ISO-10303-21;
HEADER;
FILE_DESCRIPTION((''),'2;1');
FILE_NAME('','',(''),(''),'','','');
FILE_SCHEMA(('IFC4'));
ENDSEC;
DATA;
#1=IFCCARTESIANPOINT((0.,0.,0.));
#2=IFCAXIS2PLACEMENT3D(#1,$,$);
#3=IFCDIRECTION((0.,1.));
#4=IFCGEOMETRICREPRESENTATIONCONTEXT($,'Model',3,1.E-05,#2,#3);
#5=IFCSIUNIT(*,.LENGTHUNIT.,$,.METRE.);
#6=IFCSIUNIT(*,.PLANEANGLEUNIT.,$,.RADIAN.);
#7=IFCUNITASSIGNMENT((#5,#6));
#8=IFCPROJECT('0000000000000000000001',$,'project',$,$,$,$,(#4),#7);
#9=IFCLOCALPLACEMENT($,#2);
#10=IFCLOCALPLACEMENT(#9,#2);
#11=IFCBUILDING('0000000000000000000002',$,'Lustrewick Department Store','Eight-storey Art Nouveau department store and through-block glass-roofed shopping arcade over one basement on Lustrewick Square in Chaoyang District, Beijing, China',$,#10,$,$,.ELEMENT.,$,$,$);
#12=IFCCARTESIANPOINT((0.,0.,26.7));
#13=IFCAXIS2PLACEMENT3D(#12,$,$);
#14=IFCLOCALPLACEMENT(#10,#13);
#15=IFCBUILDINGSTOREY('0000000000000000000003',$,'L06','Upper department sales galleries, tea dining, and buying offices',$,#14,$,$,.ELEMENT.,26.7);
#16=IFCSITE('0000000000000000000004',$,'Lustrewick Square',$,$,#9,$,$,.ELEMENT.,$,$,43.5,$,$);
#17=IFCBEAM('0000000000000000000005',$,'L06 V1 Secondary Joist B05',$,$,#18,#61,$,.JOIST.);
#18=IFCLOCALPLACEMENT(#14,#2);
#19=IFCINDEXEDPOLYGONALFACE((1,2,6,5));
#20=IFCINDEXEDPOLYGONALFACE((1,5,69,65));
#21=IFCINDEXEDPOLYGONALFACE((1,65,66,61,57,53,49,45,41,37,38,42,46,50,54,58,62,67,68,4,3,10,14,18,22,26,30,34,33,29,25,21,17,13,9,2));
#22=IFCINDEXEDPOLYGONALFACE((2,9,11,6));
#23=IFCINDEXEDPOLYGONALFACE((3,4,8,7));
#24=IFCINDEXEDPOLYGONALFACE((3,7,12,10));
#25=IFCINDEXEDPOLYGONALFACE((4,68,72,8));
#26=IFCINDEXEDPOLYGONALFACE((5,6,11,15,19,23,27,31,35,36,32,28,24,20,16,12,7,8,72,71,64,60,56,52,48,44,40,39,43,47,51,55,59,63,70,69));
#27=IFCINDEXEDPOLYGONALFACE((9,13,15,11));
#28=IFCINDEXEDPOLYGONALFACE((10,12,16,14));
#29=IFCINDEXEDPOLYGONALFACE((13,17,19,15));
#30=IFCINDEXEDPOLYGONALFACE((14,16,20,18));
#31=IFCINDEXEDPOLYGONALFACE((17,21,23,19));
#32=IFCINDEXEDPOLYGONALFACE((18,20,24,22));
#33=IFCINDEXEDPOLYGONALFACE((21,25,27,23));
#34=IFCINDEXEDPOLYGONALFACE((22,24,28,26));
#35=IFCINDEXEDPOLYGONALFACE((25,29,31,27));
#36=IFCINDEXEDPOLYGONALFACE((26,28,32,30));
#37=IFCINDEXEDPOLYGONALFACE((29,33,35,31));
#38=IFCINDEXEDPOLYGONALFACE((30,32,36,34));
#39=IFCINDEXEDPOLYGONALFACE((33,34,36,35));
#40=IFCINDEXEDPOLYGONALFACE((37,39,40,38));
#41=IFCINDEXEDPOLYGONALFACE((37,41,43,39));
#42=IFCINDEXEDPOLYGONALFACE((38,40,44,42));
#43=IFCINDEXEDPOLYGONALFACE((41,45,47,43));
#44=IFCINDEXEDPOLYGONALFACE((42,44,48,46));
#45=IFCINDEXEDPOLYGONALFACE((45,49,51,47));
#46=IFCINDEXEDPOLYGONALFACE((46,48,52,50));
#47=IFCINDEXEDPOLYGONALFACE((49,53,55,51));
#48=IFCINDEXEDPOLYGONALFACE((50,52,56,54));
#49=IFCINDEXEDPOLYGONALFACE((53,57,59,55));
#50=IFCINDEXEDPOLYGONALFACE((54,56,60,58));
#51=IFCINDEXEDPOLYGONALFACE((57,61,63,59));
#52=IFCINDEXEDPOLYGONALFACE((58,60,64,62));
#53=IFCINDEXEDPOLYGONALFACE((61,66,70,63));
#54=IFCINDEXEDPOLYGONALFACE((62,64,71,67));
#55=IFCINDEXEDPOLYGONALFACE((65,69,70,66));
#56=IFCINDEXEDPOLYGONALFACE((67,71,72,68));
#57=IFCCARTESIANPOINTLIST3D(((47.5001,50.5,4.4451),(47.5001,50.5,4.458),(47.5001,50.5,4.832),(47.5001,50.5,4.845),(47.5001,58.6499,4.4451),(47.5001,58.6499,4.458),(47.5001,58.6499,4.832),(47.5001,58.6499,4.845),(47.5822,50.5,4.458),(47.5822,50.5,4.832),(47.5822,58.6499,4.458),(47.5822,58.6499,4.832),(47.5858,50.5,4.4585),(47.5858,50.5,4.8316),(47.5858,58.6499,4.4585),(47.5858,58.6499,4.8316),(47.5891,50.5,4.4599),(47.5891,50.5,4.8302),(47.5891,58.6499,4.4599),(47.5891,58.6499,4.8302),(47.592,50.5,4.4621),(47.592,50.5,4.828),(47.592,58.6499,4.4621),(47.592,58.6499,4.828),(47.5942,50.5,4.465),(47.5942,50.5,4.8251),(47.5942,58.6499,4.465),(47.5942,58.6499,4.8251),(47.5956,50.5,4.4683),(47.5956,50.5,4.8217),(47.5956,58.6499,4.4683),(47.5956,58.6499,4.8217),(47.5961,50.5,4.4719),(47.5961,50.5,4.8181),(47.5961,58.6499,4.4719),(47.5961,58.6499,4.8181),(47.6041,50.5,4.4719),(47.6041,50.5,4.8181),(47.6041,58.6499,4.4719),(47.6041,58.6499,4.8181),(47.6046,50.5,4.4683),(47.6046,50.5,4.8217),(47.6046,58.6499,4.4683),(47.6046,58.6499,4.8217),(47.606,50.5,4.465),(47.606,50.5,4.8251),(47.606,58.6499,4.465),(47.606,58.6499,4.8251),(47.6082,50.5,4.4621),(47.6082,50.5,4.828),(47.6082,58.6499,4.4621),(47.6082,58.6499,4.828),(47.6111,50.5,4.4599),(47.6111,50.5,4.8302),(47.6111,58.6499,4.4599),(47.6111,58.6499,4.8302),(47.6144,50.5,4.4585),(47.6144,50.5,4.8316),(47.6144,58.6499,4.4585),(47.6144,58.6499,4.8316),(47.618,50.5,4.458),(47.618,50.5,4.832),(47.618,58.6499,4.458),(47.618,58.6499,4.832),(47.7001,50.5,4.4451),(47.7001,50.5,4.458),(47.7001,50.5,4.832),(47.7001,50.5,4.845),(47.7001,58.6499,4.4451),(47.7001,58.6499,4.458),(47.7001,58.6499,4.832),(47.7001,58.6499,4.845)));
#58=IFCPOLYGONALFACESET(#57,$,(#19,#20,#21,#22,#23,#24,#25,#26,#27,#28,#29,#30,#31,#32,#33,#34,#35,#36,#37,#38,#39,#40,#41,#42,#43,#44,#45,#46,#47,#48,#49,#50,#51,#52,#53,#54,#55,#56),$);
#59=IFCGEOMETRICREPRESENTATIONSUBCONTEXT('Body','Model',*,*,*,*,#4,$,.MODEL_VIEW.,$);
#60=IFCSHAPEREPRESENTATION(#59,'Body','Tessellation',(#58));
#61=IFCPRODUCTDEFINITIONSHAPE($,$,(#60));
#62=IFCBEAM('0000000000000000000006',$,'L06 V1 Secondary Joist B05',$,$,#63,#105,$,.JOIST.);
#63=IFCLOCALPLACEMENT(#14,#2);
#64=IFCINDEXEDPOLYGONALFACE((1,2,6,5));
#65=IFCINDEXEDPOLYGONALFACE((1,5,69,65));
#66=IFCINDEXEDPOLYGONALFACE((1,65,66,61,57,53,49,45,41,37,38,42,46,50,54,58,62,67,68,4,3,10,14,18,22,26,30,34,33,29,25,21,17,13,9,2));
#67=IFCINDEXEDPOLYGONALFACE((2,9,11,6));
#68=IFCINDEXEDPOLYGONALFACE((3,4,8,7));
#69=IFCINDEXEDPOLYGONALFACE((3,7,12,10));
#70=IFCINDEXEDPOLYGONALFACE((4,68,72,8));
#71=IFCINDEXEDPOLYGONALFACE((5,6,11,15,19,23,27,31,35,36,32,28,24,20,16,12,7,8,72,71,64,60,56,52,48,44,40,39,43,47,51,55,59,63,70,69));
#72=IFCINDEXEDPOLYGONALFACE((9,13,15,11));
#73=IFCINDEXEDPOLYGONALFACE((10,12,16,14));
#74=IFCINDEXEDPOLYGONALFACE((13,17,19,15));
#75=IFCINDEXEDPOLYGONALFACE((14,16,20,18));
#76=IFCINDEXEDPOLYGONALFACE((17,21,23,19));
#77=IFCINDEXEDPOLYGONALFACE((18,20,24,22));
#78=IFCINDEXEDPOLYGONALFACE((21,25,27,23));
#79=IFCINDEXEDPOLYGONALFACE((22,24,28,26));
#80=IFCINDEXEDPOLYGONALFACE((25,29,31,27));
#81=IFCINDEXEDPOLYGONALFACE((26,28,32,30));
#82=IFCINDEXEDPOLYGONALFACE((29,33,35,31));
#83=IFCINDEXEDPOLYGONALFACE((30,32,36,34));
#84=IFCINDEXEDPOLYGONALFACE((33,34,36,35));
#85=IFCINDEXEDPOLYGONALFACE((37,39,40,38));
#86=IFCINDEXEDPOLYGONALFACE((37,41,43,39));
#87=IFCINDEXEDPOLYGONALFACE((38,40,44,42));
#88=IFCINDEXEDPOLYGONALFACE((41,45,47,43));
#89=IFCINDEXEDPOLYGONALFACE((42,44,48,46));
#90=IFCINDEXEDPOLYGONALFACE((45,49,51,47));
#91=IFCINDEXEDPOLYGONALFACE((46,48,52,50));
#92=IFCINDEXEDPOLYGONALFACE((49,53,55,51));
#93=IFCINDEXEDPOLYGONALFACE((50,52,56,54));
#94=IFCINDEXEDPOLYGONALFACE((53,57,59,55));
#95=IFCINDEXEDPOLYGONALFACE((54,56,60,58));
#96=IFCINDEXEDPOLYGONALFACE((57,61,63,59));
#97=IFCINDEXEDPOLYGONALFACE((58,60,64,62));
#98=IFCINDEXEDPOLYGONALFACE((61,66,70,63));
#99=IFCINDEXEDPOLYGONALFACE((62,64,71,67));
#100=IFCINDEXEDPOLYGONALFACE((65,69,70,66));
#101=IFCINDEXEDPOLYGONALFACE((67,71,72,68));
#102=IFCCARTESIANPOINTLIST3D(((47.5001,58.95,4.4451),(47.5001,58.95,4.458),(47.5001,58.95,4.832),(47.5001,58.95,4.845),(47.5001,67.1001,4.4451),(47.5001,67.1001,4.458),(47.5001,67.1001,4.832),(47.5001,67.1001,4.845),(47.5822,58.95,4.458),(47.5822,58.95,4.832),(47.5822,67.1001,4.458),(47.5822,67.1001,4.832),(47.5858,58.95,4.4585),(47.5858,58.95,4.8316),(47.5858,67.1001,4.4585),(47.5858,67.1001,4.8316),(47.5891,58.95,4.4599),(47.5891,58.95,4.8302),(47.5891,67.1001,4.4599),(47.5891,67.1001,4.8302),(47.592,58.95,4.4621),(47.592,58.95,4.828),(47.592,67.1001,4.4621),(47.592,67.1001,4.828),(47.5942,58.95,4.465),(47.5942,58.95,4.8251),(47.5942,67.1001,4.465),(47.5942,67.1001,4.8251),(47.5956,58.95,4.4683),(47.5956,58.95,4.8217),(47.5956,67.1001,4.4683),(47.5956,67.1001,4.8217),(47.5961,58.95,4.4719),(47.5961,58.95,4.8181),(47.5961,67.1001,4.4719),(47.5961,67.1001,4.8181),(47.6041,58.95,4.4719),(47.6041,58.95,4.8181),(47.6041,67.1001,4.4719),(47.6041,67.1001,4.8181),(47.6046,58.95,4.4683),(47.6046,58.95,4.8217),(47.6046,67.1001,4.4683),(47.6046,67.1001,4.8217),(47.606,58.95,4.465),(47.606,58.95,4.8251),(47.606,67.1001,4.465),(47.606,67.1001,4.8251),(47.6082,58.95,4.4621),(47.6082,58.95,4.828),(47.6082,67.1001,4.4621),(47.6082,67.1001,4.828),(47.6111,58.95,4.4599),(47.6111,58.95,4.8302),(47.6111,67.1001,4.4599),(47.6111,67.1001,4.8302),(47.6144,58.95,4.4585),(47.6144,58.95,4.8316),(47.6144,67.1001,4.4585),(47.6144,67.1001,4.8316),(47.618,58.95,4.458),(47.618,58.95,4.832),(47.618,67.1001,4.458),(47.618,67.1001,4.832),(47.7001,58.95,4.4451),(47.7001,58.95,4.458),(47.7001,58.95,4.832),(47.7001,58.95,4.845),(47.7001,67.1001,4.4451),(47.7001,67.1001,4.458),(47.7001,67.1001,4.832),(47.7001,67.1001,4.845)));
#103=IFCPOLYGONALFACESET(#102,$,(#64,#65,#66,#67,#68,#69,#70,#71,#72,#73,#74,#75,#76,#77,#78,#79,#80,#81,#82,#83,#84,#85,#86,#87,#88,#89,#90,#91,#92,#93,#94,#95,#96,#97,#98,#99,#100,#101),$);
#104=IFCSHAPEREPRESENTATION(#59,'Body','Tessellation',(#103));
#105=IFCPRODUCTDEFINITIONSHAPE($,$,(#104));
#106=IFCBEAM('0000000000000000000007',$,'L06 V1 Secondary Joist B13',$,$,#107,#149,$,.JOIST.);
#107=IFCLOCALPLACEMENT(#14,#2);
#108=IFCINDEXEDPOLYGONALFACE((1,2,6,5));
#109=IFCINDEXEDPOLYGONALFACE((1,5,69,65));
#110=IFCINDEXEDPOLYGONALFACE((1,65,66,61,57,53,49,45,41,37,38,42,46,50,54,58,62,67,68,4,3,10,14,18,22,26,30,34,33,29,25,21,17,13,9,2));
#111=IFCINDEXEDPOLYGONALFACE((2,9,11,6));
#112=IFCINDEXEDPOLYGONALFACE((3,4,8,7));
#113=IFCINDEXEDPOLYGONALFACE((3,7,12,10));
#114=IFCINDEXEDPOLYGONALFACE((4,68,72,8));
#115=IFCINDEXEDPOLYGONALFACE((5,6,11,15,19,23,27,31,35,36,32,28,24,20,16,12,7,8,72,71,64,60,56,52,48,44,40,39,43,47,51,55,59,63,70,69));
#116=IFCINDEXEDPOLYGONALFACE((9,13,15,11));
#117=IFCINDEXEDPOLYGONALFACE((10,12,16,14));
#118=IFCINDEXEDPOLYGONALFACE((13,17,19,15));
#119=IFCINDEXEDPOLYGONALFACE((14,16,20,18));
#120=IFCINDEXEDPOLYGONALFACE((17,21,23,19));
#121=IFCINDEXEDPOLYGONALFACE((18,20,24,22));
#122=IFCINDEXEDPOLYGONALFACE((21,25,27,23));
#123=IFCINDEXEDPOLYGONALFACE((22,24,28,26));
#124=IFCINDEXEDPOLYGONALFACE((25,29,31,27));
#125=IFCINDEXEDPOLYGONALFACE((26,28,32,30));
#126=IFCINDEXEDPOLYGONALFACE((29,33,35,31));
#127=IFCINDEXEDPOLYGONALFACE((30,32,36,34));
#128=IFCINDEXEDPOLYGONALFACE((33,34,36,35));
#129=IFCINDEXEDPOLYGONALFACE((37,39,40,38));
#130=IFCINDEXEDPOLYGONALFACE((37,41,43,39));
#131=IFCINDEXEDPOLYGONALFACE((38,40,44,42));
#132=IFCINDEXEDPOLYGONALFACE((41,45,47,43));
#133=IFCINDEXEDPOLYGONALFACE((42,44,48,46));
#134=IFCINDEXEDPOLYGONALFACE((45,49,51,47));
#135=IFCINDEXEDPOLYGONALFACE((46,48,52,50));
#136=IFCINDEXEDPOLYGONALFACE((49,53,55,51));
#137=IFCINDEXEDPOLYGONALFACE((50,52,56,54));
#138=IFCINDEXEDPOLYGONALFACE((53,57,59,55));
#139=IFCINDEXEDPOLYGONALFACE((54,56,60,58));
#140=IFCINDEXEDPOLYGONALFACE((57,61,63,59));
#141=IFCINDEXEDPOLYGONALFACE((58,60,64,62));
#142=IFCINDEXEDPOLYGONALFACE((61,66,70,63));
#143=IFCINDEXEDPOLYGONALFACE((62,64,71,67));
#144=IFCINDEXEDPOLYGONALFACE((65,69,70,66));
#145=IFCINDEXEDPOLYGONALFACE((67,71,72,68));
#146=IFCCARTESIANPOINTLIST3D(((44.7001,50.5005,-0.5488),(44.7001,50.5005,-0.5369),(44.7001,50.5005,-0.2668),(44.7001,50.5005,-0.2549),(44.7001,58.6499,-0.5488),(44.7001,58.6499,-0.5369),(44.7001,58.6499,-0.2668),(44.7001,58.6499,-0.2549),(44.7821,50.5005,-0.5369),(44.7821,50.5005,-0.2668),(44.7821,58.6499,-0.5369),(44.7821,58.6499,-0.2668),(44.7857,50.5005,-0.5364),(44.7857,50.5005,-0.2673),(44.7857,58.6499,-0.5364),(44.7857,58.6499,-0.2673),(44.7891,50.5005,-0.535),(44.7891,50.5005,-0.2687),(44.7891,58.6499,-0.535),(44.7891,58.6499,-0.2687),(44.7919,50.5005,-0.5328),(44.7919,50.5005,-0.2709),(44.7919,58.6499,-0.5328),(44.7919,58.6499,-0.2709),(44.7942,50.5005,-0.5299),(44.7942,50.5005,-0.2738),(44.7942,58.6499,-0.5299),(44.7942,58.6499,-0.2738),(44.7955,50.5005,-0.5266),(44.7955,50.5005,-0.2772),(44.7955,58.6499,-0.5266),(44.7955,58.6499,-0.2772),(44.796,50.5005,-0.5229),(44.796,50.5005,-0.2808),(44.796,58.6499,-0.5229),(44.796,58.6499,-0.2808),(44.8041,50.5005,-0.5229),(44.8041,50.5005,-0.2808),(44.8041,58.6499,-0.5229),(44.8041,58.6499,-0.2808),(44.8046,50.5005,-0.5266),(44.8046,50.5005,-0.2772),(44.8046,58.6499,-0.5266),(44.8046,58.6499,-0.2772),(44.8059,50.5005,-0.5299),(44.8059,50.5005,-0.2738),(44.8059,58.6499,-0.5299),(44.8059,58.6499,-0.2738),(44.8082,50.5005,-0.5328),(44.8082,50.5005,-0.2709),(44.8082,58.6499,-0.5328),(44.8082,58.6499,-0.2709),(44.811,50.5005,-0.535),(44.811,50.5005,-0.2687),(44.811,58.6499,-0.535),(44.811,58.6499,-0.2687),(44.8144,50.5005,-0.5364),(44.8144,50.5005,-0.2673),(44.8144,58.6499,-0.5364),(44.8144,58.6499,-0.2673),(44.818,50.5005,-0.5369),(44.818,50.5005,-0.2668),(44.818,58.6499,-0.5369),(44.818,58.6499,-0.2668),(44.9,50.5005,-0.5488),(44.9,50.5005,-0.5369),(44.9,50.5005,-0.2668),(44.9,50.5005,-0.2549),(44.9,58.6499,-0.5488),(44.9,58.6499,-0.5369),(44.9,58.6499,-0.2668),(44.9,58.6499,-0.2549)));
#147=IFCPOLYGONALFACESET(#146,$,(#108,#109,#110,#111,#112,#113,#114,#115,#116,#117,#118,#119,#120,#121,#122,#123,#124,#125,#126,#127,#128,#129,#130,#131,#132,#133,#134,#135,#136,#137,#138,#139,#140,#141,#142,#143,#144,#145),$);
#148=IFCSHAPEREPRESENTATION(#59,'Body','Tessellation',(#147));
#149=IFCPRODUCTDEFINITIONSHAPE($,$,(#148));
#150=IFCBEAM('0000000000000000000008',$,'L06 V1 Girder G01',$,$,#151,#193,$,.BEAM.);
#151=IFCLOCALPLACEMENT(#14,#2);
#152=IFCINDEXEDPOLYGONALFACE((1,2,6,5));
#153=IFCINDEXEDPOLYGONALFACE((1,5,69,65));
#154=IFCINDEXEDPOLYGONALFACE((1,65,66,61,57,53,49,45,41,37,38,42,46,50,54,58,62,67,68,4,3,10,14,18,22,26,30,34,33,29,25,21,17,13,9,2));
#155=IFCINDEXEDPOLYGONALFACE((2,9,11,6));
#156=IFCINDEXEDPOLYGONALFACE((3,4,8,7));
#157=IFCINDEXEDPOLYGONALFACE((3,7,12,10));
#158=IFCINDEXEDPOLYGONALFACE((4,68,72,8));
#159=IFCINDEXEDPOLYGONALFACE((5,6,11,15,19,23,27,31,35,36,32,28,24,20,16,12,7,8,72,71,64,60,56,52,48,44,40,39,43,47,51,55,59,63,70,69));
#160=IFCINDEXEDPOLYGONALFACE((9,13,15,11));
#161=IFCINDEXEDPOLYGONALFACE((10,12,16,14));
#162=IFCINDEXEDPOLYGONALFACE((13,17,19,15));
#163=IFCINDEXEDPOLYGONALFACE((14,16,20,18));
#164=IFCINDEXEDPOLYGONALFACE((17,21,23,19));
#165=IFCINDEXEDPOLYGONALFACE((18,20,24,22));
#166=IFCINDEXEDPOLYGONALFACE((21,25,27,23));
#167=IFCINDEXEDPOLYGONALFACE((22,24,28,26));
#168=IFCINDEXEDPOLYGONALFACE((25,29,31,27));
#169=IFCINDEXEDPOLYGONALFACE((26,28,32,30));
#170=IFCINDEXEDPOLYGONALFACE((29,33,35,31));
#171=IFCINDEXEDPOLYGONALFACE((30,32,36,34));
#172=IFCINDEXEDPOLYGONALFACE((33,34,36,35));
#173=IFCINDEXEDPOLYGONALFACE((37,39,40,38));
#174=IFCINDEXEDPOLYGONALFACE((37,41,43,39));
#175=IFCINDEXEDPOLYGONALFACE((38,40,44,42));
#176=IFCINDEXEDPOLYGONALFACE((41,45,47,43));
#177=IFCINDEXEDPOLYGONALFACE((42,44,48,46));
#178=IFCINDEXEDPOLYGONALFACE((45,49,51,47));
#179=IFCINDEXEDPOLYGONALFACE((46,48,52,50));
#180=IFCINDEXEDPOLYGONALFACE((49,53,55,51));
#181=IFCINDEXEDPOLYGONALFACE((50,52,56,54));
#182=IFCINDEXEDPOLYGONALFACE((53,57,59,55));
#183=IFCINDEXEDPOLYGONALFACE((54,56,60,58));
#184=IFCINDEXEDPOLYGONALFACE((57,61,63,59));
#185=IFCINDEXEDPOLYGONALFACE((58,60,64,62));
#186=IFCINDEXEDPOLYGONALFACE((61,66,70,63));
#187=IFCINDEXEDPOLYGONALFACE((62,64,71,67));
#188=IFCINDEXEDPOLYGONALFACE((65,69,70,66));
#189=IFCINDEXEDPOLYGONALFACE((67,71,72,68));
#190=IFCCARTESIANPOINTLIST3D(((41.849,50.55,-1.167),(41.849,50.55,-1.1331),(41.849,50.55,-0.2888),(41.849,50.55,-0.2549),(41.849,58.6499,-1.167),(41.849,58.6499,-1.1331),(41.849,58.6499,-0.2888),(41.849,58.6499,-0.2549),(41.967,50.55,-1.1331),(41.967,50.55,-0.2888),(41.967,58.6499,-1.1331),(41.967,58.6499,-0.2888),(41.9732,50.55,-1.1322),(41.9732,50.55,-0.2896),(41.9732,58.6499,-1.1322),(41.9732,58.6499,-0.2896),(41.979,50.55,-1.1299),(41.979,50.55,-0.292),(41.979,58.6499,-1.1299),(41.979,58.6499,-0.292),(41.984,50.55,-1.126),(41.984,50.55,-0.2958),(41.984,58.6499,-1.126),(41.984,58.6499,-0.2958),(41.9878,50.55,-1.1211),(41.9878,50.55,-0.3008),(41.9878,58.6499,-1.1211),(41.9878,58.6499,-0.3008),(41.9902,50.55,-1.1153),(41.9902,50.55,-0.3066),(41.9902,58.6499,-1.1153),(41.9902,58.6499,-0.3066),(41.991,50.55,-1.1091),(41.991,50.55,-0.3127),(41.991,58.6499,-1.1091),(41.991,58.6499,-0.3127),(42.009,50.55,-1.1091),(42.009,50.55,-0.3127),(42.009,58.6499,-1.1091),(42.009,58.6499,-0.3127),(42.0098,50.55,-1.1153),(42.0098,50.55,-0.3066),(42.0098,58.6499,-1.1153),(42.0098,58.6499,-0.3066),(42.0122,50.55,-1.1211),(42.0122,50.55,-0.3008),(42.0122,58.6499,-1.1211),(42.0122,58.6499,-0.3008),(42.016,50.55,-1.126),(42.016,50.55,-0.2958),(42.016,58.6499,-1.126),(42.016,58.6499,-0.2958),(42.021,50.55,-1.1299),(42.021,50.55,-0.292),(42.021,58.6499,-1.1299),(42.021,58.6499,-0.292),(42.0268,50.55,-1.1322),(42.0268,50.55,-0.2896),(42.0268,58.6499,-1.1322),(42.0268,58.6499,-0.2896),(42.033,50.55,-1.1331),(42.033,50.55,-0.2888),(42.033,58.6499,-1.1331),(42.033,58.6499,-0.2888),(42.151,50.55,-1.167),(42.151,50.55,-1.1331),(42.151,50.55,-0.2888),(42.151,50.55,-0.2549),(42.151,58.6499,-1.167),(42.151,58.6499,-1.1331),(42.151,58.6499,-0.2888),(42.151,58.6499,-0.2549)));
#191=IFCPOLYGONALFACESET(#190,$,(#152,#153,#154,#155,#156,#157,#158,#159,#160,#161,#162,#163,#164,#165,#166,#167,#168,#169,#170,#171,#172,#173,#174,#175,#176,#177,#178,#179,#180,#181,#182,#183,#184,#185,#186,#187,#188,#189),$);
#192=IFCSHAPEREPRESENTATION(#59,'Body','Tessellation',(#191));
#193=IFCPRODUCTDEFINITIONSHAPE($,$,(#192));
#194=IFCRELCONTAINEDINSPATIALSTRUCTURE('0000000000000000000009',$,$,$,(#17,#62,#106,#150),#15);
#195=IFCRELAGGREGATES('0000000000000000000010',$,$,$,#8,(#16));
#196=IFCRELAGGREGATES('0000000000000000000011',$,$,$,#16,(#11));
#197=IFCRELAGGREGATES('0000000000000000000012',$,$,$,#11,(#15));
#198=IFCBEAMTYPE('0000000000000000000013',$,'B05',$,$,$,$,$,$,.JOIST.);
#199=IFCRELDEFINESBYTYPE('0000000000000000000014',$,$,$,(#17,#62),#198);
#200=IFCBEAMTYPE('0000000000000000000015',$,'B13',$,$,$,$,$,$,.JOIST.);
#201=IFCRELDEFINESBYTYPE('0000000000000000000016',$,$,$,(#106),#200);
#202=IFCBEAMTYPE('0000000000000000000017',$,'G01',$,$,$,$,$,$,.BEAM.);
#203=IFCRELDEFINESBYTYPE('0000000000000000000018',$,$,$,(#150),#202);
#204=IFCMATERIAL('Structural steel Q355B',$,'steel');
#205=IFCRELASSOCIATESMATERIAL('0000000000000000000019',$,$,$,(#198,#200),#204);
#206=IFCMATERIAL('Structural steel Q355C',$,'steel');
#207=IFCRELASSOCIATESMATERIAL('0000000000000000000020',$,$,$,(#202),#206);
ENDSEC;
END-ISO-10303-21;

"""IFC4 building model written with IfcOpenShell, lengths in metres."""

from ifc_helpers import new_model, si_unit, direction, frame, origin, origin_2d, place, context, subcontext, project, spatial, i_section, extrude, material, material_profile, profile_set, type_object, element, save


model = new_model("IFC4")

# Units and contexts
model_context = context("Model", 3, precision=1e-05, world=origin(), true_north=direction((0.0, 1.0)))
body_context = subcontext(model_context, "Body", "Model", "MODEL_VIEW")
ifc_project = project(units=[si_unit("LENGTHUNIT", "METRE"), si_unit("PLANEANGLEUNIT", "RADIAN")], contexts=[model_context])

# Site, building, storey
site_placement = place(None, origin())
site = spatial("IfcSite", under=ifc_project, at=site_placement, Name="Lustrewick Square", CompositionType="ELEMENT", RefElevation=43.5)
building_placement = place(site_placement, origin())
building = spatial("IfcBuilding", under=site, at=building_placement, Name="Lustrewick Department Store", Description="Eight-storey Art Nouveau department store and through-block glass-roofed shopping arcade over one basement on Lustrewick Square in Chaoyang District, Beijing, China", CompositionType="ELEMENT")
storey_placement = place(building_placement, frame((0.0, 0.0, 26.7)))
storey = spatial("IfcBuildingStorey", under=building, at=storey_placement, Name="L06", Description="Upper department sales galleries, tea dining, and buying offices", CompositionType="ELEMENT", Elevation=26.7)

# Shared definitions
ifc_material_1 = material(Name="Structural steel Q355B", Category="steel")

# Beams
ifc_material_profile_1 = material_profile(ifc_material_1, i_section(OverallWidth=0.2, OverallDepth=0.3999, WebThickness=0.0081, FlangeThickness=0.0129, FilletRadius=0.0139, at=origin_2d()), Name="HN 400x200x8x13")
ifc_profile_set_1 = profile_set([ifc_material_profile_1], Name="Structural steel Q355B")
beam_type_1 = type_object("IfcBeamType", Name="B05", PredefinedType="JOIST", material=ifc_profile_set_1)
beam_1_placement = place(storey_placement, frame((47.6001, 50.5, 4.645), z_axis=(0.0, 1.0, 0.0), x_axis=(-1.0, 0.0, 0.0)))
element("IfcBeam", 1, at=beam_1_placement, inside=storey, type_object=beam_type_1, Name="L06 V1 Secondary Joist B05", PredefinedType="JOIST", context=body_context, shape_type="SweptSolid", body=[
    extrude(i_section(OverallWidth=0.2, OverallDepth=0.3999, WebThickness=0.0081, FlangeThickness=0.0129, FilletRadius=0.0139, at=origin_2d()), origin(), (0.0, 0.0, 1.0), 8.1499),
])
beam_2_placement = place(storey_placement, frame((47.6001, 58.95, 4.645), z_axis=(0.0, 1.0, 0.0), x_axis=(-1.0, 0.0, 0.0)))
element("IfcBeam", 2, at=beam_2_placement, inside=storey, type_object=beam_type_1, Name="L06 V1 Secondary Joist B05", PredefinedType="JOIST", context=body_context, shape_type="SweptSolid", body=[
    extrude(i_section(OverallWidth=0.2, OverallDepth=0.3999, WebThickness=0.0081, FlangeThickness=0.0129, FilletRadius=0.0139, at=origin_2d()), origin(), (0.0, 0.0, 1.0), 8.1501),
])
ifc_material_profile_2 = material_profile(ifc_material_1, i_section(OverallWidth=0.2, OverallDepth=0.2939, WebThickness=0.0081, FlangeThickness=0.012, FilletRadius=0.0139, at=origin_2d()), Name="HM 294x200x8x12")
ifc_profile_set_2 = profile_set([ifc_material_profile_2], Name="Structural steel Q355B")
beam_type_2 = type_object("IfcBeamType", Name="B13", PredefinedType="JOIST", material=ifc_profile_set_2)
beam_3_placement = place(storey_placement, frame((44.8, 50.5005, -0.4019), z_axis=(0.0, 1.0, 0.0), x_axis=(-1.0, 0.0, 0.0)))
element("IfcBeam", 3, at=beam_3_placement, inside=storey, type_object=beam_type_2, Name="L06 V1 Secondary Joist B13", PredefinedType="JOIST", context=body_context, shape_type="SweptSolid", body=[
    extrude(i_section(OverallWidth=0.2, OverallDepth=0.2939, WebThickness=0.0081, FlangeThickness=0.012, FilletRadius=0.0139, at=origin_2d()), origin(), (0.0, 0.0, 1.0), 8.1494),
])
ifc_material_2 = material(Name="Structural steel Q355C", Category="steel")
ifc_material_profile_3 = material_profile(ifc_material_2, i_section(OverallWidth=0.302, OverallDepth=0.9121, WebThickness=0.0181, FlangeThickness=0.0339, FilletRadius=0.0239, at=origin_2d()), Name="HN 912x302x18x34")
ifc_profile_set_3 = profile_set([ifc_material_profile_3], Name="Structural steel Q355C")
beam_type_3 = type_object("IfcBeamType", Name="G01", PredefinedType="BEAM", material=ifc_profile_set_3)
beam_4_placement = place(storey_placement, frame((42.0, 50.55, -0.7109), z_axis=(0.0, 1.0, 0.0), x_axis=(-1.0, 0.0, 0.0)))
element("IfcBeam", 4, at=beam_4_placement, inside=storey, type_object=beam_type_3, Name="L06 V1 Girder G01", PredefinedType="BEAM", context=body_context, shape_type="SweptSolid", body=[
    extrude(i_section(OverallWidth=0.302, OverallDepth=0.9121, WebThickness=0.0181, FlangeThickness=0.0339, FilletRadius=0.0239, at=origin_2d()), origin(), (0.0, 0.0, 1.0), 8.0999),
])

save(model, "model.ifc")
